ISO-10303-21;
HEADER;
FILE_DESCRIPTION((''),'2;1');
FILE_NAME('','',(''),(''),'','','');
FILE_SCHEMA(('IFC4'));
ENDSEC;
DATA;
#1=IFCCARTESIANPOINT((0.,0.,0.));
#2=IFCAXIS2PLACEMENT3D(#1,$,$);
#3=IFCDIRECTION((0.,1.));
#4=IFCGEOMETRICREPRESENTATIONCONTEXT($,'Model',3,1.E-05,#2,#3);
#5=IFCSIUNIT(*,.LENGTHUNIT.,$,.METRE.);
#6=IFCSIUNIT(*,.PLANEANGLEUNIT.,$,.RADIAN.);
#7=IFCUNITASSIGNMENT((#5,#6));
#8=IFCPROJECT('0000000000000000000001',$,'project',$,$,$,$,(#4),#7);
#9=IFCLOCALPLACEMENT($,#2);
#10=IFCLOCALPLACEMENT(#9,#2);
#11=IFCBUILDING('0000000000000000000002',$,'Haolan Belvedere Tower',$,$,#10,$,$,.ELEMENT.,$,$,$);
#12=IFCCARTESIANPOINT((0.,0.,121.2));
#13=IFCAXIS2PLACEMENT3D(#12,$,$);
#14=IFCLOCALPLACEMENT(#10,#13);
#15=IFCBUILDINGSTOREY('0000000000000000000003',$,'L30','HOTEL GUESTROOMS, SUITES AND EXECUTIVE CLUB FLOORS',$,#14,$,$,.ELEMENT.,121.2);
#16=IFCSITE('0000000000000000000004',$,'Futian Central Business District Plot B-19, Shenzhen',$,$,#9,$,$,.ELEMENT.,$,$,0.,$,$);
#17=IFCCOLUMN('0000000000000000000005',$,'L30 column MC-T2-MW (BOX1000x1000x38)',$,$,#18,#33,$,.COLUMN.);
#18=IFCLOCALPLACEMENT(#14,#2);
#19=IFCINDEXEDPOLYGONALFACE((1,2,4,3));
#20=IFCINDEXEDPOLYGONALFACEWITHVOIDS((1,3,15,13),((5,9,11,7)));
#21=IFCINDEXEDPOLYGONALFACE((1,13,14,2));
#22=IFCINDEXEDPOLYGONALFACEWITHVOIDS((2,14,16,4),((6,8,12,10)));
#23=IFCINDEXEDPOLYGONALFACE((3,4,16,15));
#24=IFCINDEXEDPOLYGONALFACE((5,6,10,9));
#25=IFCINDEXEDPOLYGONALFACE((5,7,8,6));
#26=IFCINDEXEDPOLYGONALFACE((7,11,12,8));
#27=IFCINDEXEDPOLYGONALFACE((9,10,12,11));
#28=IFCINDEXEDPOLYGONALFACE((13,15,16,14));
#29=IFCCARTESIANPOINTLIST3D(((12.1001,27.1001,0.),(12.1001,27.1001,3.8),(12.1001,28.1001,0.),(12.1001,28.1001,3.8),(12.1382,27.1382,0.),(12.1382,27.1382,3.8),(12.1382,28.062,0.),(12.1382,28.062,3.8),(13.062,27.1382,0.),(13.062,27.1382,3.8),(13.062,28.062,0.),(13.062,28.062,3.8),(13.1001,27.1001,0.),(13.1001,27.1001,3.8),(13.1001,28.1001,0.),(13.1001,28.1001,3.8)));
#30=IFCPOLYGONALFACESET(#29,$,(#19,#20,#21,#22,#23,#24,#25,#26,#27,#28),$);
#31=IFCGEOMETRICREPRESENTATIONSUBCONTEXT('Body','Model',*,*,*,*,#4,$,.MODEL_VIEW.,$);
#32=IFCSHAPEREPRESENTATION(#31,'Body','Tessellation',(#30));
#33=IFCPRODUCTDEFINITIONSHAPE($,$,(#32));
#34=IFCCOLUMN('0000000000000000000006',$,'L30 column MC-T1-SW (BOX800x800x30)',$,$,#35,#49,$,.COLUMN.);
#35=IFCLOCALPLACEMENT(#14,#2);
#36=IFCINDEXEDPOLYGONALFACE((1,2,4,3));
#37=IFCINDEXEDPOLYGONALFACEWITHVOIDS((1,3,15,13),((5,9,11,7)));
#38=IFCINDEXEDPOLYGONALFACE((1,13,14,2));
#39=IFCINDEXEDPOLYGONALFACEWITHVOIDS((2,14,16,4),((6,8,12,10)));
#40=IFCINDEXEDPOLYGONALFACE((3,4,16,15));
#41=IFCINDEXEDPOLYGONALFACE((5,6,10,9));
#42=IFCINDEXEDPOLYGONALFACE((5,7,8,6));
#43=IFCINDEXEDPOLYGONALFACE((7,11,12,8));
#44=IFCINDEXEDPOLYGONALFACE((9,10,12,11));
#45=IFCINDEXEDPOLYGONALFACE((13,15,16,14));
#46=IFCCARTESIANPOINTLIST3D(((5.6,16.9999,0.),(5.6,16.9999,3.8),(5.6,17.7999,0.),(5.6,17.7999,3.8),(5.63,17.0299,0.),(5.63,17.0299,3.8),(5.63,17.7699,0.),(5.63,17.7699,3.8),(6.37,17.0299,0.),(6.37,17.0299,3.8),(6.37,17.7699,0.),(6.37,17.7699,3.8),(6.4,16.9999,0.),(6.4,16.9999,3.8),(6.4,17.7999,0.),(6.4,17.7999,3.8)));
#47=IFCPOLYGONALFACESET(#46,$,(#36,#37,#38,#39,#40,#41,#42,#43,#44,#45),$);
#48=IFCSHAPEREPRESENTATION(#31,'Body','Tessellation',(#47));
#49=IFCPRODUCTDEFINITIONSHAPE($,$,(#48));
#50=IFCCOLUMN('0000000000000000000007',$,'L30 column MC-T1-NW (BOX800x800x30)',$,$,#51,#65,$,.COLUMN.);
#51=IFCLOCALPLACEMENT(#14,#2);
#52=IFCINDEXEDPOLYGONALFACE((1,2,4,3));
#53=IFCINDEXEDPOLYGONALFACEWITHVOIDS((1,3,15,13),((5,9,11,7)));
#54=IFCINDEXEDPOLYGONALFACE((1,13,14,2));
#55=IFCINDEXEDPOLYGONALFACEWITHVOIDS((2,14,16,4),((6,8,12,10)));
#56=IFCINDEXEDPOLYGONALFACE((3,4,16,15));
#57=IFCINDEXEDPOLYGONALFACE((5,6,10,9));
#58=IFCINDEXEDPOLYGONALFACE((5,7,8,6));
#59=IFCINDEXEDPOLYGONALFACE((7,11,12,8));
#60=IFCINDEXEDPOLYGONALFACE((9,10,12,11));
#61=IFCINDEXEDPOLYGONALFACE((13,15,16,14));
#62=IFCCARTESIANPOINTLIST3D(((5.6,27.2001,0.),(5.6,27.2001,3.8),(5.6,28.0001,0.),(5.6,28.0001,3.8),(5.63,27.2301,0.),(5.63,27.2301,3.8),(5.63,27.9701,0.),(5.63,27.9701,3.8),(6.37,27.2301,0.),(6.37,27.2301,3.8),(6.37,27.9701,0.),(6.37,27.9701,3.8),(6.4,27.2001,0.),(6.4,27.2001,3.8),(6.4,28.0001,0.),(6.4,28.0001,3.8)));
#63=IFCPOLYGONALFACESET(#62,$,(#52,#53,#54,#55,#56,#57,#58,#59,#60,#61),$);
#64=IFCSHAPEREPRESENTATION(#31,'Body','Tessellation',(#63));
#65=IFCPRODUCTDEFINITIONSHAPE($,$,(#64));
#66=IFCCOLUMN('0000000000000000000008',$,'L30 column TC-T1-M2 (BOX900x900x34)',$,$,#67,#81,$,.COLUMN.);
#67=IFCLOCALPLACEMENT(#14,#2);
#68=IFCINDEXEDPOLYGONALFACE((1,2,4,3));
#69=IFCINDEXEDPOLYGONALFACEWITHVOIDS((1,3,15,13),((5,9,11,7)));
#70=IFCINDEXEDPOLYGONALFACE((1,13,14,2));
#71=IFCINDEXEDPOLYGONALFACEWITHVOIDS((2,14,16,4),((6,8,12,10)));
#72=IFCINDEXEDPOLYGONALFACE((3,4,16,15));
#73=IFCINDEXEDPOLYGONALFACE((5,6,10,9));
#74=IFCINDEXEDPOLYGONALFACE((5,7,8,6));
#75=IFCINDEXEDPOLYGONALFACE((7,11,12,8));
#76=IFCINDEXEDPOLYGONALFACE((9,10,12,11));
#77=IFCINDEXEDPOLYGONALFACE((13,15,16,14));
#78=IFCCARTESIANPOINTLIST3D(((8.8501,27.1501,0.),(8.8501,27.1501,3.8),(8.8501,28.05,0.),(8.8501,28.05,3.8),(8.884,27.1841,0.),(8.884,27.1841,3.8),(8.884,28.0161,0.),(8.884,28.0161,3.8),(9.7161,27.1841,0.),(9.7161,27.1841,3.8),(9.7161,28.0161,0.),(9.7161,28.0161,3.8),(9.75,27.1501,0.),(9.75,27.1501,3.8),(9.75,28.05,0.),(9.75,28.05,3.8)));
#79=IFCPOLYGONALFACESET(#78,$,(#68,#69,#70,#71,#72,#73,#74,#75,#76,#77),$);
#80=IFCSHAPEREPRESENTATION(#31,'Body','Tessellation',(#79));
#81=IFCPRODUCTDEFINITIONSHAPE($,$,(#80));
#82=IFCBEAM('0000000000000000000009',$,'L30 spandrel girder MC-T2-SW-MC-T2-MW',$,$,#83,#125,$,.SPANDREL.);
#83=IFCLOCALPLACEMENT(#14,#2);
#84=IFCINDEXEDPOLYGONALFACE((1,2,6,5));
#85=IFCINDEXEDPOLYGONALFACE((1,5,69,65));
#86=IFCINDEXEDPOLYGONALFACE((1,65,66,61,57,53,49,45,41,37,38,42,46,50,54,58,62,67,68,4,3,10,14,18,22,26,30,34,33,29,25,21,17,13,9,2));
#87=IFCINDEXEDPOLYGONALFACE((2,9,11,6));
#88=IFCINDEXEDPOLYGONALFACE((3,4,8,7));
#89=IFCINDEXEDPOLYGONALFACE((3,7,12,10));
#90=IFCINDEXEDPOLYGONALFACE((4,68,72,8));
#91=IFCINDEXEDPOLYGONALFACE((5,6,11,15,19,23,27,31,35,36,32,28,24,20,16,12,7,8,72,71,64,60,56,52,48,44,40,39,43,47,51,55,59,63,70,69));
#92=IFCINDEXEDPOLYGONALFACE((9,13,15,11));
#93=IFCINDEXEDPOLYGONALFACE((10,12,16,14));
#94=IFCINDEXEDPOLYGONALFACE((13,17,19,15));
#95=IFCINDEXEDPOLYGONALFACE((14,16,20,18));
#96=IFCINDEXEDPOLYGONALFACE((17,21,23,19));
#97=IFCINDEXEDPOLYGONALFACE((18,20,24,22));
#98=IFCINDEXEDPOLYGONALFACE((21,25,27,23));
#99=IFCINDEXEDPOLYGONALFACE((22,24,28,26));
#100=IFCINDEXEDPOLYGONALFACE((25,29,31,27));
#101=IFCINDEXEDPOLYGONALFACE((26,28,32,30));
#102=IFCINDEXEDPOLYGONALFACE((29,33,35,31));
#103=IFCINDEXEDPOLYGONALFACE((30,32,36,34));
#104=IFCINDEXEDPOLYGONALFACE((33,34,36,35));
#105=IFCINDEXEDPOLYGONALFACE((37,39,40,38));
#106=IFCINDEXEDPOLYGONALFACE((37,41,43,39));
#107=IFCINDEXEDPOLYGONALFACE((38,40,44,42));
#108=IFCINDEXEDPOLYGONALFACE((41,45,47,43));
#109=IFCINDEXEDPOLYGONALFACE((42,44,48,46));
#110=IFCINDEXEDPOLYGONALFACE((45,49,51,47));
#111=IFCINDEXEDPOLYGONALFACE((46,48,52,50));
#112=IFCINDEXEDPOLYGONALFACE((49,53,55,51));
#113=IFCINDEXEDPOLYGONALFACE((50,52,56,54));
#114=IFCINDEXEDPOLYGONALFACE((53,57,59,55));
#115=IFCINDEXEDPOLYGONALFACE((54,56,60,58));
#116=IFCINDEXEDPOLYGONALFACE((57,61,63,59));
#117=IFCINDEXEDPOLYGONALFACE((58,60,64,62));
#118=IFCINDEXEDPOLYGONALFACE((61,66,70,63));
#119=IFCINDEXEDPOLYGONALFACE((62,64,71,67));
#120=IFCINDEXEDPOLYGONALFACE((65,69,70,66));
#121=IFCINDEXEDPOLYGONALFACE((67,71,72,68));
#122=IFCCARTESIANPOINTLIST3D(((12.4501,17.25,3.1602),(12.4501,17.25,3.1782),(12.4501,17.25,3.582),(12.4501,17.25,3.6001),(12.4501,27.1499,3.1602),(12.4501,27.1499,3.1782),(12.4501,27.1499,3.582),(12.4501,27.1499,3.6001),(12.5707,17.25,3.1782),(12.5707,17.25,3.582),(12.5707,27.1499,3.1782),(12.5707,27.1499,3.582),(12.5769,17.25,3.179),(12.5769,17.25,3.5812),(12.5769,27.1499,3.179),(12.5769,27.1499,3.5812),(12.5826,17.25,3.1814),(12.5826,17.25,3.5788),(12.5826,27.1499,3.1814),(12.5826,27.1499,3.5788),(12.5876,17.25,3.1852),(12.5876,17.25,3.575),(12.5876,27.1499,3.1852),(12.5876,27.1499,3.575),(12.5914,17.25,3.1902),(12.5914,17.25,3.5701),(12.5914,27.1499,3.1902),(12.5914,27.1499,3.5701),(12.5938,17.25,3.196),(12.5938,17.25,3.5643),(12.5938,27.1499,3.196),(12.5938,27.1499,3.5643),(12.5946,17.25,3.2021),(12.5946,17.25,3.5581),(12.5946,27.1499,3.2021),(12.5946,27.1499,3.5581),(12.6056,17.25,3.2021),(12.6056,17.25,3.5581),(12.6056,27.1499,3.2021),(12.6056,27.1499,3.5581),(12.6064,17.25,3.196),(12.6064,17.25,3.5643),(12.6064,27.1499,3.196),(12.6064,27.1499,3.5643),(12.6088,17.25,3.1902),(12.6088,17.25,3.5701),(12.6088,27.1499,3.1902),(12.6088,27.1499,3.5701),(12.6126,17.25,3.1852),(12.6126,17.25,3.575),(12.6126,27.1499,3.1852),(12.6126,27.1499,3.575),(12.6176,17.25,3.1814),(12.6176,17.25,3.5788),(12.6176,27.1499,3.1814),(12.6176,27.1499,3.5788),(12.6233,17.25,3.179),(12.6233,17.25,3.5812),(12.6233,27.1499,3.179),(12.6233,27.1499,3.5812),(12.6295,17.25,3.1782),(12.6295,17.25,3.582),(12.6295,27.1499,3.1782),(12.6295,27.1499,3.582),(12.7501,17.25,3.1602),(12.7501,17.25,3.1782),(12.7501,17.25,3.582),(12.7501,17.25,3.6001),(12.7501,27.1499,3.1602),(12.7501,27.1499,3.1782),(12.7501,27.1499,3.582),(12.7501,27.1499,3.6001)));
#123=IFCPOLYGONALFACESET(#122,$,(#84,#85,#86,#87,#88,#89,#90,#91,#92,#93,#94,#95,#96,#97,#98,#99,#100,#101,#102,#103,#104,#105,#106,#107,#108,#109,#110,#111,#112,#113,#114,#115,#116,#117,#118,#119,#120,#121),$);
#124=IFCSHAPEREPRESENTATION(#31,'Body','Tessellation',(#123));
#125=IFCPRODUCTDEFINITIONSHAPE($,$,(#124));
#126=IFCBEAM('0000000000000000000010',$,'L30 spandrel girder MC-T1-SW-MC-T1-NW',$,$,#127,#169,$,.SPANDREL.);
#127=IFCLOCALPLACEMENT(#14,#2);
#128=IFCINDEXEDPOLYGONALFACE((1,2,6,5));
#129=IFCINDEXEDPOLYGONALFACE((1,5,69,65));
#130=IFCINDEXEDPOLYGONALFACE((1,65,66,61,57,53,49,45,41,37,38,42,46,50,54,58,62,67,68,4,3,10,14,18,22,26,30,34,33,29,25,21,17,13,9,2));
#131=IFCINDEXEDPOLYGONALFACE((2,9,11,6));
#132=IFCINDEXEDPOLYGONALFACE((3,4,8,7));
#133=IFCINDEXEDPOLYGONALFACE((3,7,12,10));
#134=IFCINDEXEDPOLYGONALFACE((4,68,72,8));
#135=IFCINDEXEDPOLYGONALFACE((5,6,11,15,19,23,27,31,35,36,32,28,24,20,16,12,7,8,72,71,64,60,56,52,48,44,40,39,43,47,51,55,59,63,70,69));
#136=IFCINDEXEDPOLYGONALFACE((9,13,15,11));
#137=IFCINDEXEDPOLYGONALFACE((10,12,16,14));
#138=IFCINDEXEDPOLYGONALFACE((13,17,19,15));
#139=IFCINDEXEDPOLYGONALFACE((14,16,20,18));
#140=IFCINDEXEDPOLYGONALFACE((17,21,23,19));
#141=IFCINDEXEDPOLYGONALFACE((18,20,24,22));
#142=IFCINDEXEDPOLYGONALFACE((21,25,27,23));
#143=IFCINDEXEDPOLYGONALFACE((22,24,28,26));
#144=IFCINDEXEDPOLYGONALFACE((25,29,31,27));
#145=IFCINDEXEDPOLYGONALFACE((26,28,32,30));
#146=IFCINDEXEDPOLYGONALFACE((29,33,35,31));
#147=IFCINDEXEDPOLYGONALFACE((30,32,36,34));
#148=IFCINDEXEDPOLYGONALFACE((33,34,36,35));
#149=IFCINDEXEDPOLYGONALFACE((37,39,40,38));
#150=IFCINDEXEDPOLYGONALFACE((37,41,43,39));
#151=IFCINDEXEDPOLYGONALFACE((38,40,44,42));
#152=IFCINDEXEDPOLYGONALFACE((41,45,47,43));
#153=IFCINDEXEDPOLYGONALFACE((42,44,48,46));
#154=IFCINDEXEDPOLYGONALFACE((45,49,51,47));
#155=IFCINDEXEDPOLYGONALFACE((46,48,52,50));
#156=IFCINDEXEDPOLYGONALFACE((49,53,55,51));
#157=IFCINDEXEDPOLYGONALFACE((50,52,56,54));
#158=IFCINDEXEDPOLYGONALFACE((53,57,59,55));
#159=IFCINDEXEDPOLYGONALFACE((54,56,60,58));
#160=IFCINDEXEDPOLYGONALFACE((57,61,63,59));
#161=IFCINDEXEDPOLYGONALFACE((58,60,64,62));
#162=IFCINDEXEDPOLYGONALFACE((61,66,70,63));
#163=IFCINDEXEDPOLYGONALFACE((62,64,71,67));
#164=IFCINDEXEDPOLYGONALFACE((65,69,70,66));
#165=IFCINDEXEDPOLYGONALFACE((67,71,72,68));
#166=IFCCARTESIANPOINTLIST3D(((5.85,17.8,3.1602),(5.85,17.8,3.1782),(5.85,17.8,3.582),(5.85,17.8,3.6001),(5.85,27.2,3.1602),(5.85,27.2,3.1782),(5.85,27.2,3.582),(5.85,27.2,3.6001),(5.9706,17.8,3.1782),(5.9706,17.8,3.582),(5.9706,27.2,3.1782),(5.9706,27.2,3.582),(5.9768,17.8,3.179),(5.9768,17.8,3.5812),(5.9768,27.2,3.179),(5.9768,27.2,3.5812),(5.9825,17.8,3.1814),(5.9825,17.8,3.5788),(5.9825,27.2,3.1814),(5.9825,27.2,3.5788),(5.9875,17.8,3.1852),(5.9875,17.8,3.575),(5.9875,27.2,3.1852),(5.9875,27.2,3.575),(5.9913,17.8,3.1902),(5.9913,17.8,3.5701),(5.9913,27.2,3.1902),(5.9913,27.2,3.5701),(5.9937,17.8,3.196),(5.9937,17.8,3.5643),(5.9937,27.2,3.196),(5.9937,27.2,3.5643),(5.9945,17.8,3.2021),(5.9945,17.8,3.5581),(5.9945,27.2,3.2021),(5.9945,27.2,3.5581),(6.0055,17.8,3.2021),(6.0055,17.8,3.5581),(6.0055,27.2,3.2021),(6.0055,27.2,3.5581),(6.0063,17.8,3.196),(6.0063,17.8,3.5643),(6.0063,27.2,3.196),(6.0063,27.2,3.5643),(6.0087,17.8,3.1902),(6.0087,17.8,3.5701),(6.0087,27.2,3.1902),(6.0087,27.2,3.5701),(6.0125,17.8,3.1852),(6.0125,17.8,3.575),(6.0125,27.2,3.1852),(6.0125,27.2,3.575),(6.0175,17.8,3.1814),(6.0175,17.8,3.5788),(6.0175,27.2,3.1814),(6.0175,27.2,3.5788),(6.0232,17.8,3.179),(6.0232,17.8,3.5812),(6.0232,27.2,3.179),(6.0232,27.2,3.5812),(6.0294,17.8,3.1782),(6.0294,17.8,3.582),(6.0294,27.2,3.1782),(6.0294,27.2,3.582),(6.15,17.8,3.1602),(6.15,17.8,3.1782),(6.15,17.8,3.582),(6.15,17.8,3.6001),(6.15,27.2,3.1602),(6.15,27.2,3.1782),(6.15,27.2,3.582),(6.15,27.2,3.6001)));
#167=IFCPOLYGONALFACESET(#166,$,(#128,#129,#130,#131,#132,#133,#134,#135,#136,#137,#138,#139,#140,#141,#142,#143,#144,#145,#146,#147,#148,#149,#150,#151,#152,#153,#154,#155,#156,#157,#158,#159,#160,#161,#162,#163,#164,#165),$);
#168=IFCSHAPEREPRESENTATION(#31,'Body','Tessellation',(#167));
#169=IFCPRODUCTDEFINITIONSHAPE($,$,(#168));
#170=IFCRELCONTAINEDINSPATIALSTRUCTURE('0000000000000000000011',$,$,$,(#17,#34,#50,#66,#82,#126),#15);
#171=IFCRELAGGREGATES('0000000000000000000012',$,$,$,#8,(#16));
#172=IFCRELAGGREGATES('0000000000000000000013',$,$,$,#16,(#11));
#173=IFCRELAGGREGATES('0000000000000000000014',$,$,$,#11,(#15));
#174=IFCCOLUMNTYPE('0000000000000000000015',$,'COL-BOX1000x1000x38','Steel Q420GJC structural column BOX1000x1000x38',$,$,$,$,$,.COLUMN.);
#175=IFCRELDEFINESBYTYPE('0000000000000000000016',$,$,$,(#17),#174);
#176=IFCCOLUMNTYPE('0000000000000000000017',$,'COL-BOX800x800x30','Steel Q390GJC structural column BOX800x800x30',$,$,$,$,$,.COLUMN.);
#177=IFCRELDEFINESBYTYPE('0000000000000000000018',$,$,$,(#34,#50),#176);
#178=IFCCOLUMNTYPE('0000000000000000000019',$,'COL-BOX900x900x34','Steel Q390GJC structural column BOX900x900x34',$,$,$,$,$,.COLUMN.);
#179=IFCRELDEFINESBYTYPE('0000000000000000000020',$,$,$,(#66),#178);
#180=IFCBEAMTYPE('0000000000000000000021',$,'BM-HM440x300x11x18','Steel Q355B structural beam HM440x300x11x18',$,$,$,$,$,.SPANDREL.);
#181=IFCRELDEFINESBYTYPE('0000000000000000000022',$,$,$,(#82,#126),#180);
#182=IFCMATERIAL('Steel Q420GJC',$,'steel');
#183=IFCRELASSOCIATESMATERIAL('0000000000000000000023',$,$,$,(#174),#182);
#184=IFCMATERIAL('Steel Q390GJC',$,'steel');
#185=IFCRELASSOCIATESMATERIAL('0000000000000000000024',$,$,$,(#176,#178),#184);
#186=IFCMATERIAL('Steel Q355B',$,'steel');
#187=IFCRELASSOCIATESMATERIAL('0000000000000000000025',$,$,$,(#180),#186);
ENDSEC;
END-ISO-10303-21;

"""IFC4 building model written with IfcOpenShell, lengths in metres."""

from ifc_helpers import new_model, si_unit, direction, frame, origin, origin_2d, place, context, subcontext, project, spatial, hollow_rectangle, i_section, extrude, material, material_profile, profile_set, type_object, element, save


model = new_model("IFC4")

# Units and contexts
model_context = context("Model", 3, precision=1e-05, world=origin(), true_north=direction((0.0, 1.0)))
body_context = subcontext(model_context, "Body", "Model", "MODEL_VIEW")
ifc_project = project(units=[si_unit("LENGTHUNIT", "METRE"), si_unit("PLANEANGLEUNIT", "RADIAN")], contexts=[model_context])

# Site, building, storey
site_placement = place(None, origin())
site = spatial("IfcSite", under=ifc_project, at=site_placement, Name="Futian Central Business District Plot B-19, Shenzhen", CompositionType="ELEMENT", RefElevation=0.0)
building_placement = place(site_placement, origin())
building = spatial("IfcBuilding", under=site, at=building_placement, Name="Haolan Belvedere Tower", CompositionType="ELEMENT")
storey_placement = place(building_placement, frame((0.0, 0.0, 121.2)))
storey = spatial("IfcBuildingStorey", under=building, at=storey_placement, Name="L30", Description="HOTEL GUESTROOMS, SUITES AND EXECUTIVE CLUB FLOORS", CompositionType="ELEMENT", Elevation=121.2)

# Columns
ifc_material_1 = material(Name="Steel Q420GJC", Category="steel")
ifc_material_profile_1 = material_profile(ifc_material_1, hollow_rectangle(XDim=1.0, YDim=1.0, WallThickness=0.0381, at=origin_2d()), Name="Steel Q420GJC")
ifc_profile_set_1 = profile_set([ifc_material_profile_1], Name="Steel Q420GJC")
column_type_1 = type_object("IfcColumnType", Name="COL-BOX1000x1000x38", Description="Steel Q420GJC structural column BOX1000x1000x38", PredefinedType="COLUMN", material=ifc_profile_set_1)
column_1_placement = place(storey_placement, frame((12.6001, 27.6001, 0.0), z_axis=(0.0, 0.0, 1.0), x_axis=(1.0, 0.0, 0.0)))
element("IfcColumn", 1, at=column_1_placement, inside=storey, type_object=column_type_1, Name="L30 column MC-T2-MW (BOX1000x1000x38)", PredefinedType="COLUMN", context=body_context, shape_type="SweptSolid", body=[
    extrude(hollow_rectangle(XDim=1.0, YDim=1.0, WallThickness=0.0381, at=origin_2d()), origin(), (0.0, 0.0, 1.0), 3.8),
])
ifc_material_2 = material(Name="Steel Q390GJC", Category="steel")
ifc_material_profile_2 = material_profile(ifc_material_2, hollow_rectangle(XDim=0.8, YDim=0.8, WallThickness=0.03, at=origin_2d()), Name="Steel Q390GJC")
ifc_profile_set_2 = profile_set([ifc_material_profile_2], Name="Steel Q390GJC")
column_type_2 = type_object("IfcColumnType", Name="COL-BOX800x800x30", Description="Steel Q390GJC structural column BOX800x800x30", PredefinedType="COLUMN", material=ifc_profile_set_2)
for number, where, z_axis, x_axis, name in (
    (2, (6.0, 17.3999, 0.0), (0.0, 0.0, 1.0), (1.0, 0.0, 0.0), "L30 column MC-T1-SW (BOX800x800x30)"),
    (3, (6.0, 27.6001, 0.0), (0.0, 0.0, 1.0), (1.0, 0.0, 0.0), "L30 column MC-T1-NW (BOX800x800x30)"),
):
    element("IfcColumn", number, at=place(storey_placement, frame(where, z_axis=z_axis, x_axis=x_axis)), inside=storey, type_object=column_type_2, Name=name, PredefinedType="COLUMN", context=body_context, shape_type="SweptSolid", body=[
        extrude(hollow_rectangle(XDim=0.8, YDim=0.8, WallThickness=0.03, at=origin_2d()), origin(), (0.0, 0.0, 1.0), 3.8),
    ])
ifc_material_profile_3 = material_profile(ifc_material_2, hollow_rectangle(XDim=0.8999, YDim=0.8999, WallThickness=0.0339, at=origin_2d()), Name="Steel Q390GJC")
ifc_profile_set_3 = profile_set([ifc_material_profile_3], Name="Steel Q390GJC")
column_type_3 = type_object("IfcColumnType", Name="COL-BOX900x900x34", Description="Steel Q390GJC structural column BOX900x900x34", PredefinedType="COLUMN", material=ifc_profile_set_3)
column_2_placement = place(storey_placement, frame((9.3, 27.6001, 0.0), z_axis=(0.0, 0.0, 1.0), x_axis=(1.0, 0.0, 0.0)))
element("IfcColumn", 4, at=column_2_placement, inside=storey, type_object=column_type_3, Name="L30 column TC-T1-M2 (BOX900x900x34)", PredefinedType="COLUMN", context=body_context, shape_type="SweptSolid", body=[
    extrude(hollow_rectangle(XDim=0.8999, YDim=0.8999, WallThickness=0.0339, at=origin_2d()), origin(), (0.0, 0.0, 1.0), 3.8),
])

# Beams
ifc_material_3 = material(Name="Steel Q355B", Category="steel")
ifc_material_profile_4 = material_profile(ifc_material_3, i_section(OverallWidth=0.3, OverallDepth=0.4399, WebThickness=0.011, FlangeThickness=0.0181, FilletRadius=0.0239, at=origin_2d()), Name="Steel Q355B")
ifc_profile_set_4 = profile_set([ifc_material_profile_4], Name="Steel Q355B")
beam_type_1 = type_object("IfcBeamType", Name="BM-HM440x300x11x18", Description="Steel Q355B structural beam HM440x300x11x18", PredefinedType="SPANDREL", material=ifc_profile_set_4)
beam_1_placement = place(storey_placement, frame((12.6001, 17.25, 3.3801), z_axis=(0.0, 1.0, 0.0), x_axis=(-1.0, 0.0, 0.0)))
element("IfcBeam", 5, at=beam_1_placement, inside=storey, type_object=beam_type_1, Name="L30 spandrel girder MC-T2-SW-MC-T2-MW", PredefinedType="SPANDREL", context=body_context, shape_type="SweptSolid", body=[
    extrude(i_section(OverallWidth=0.3, OverallDepth=0.4399, WebThickness=0.011, FlangeThickness=0.0181, FilletRadius=0.0239, at=origin_2d()), origin(), (0.0, 0.0, 1.0), 9.8999),
])
beam_2_placement = place(storey_placement, frame((6.0, 17.8, 3.3801), z_axis=(0.0, 1.0, 0.0), x_axis=(-1.0, 0.0, 0.0)))
element("IfcBeam", 6, at=beam_2_placement, inside=storey, type_object=beam_type_1, Name="L30 spandrel girder MC-T1-SW-MC-T1-NW", PredefinedType="SPANDREL", context=body_context, shape_type="SweptSolid", body=[
    extrude(i_section(OverallWidth=0.3, OverallDepth=0.4399, WebThickness=0.011, FlangeThickness=0.0181, FilletRadius=0.0239, at=origin_2d()), origin(), (0.0, 0.0, 1.0), 9.3999),
])

save(model, "model.ifc")
